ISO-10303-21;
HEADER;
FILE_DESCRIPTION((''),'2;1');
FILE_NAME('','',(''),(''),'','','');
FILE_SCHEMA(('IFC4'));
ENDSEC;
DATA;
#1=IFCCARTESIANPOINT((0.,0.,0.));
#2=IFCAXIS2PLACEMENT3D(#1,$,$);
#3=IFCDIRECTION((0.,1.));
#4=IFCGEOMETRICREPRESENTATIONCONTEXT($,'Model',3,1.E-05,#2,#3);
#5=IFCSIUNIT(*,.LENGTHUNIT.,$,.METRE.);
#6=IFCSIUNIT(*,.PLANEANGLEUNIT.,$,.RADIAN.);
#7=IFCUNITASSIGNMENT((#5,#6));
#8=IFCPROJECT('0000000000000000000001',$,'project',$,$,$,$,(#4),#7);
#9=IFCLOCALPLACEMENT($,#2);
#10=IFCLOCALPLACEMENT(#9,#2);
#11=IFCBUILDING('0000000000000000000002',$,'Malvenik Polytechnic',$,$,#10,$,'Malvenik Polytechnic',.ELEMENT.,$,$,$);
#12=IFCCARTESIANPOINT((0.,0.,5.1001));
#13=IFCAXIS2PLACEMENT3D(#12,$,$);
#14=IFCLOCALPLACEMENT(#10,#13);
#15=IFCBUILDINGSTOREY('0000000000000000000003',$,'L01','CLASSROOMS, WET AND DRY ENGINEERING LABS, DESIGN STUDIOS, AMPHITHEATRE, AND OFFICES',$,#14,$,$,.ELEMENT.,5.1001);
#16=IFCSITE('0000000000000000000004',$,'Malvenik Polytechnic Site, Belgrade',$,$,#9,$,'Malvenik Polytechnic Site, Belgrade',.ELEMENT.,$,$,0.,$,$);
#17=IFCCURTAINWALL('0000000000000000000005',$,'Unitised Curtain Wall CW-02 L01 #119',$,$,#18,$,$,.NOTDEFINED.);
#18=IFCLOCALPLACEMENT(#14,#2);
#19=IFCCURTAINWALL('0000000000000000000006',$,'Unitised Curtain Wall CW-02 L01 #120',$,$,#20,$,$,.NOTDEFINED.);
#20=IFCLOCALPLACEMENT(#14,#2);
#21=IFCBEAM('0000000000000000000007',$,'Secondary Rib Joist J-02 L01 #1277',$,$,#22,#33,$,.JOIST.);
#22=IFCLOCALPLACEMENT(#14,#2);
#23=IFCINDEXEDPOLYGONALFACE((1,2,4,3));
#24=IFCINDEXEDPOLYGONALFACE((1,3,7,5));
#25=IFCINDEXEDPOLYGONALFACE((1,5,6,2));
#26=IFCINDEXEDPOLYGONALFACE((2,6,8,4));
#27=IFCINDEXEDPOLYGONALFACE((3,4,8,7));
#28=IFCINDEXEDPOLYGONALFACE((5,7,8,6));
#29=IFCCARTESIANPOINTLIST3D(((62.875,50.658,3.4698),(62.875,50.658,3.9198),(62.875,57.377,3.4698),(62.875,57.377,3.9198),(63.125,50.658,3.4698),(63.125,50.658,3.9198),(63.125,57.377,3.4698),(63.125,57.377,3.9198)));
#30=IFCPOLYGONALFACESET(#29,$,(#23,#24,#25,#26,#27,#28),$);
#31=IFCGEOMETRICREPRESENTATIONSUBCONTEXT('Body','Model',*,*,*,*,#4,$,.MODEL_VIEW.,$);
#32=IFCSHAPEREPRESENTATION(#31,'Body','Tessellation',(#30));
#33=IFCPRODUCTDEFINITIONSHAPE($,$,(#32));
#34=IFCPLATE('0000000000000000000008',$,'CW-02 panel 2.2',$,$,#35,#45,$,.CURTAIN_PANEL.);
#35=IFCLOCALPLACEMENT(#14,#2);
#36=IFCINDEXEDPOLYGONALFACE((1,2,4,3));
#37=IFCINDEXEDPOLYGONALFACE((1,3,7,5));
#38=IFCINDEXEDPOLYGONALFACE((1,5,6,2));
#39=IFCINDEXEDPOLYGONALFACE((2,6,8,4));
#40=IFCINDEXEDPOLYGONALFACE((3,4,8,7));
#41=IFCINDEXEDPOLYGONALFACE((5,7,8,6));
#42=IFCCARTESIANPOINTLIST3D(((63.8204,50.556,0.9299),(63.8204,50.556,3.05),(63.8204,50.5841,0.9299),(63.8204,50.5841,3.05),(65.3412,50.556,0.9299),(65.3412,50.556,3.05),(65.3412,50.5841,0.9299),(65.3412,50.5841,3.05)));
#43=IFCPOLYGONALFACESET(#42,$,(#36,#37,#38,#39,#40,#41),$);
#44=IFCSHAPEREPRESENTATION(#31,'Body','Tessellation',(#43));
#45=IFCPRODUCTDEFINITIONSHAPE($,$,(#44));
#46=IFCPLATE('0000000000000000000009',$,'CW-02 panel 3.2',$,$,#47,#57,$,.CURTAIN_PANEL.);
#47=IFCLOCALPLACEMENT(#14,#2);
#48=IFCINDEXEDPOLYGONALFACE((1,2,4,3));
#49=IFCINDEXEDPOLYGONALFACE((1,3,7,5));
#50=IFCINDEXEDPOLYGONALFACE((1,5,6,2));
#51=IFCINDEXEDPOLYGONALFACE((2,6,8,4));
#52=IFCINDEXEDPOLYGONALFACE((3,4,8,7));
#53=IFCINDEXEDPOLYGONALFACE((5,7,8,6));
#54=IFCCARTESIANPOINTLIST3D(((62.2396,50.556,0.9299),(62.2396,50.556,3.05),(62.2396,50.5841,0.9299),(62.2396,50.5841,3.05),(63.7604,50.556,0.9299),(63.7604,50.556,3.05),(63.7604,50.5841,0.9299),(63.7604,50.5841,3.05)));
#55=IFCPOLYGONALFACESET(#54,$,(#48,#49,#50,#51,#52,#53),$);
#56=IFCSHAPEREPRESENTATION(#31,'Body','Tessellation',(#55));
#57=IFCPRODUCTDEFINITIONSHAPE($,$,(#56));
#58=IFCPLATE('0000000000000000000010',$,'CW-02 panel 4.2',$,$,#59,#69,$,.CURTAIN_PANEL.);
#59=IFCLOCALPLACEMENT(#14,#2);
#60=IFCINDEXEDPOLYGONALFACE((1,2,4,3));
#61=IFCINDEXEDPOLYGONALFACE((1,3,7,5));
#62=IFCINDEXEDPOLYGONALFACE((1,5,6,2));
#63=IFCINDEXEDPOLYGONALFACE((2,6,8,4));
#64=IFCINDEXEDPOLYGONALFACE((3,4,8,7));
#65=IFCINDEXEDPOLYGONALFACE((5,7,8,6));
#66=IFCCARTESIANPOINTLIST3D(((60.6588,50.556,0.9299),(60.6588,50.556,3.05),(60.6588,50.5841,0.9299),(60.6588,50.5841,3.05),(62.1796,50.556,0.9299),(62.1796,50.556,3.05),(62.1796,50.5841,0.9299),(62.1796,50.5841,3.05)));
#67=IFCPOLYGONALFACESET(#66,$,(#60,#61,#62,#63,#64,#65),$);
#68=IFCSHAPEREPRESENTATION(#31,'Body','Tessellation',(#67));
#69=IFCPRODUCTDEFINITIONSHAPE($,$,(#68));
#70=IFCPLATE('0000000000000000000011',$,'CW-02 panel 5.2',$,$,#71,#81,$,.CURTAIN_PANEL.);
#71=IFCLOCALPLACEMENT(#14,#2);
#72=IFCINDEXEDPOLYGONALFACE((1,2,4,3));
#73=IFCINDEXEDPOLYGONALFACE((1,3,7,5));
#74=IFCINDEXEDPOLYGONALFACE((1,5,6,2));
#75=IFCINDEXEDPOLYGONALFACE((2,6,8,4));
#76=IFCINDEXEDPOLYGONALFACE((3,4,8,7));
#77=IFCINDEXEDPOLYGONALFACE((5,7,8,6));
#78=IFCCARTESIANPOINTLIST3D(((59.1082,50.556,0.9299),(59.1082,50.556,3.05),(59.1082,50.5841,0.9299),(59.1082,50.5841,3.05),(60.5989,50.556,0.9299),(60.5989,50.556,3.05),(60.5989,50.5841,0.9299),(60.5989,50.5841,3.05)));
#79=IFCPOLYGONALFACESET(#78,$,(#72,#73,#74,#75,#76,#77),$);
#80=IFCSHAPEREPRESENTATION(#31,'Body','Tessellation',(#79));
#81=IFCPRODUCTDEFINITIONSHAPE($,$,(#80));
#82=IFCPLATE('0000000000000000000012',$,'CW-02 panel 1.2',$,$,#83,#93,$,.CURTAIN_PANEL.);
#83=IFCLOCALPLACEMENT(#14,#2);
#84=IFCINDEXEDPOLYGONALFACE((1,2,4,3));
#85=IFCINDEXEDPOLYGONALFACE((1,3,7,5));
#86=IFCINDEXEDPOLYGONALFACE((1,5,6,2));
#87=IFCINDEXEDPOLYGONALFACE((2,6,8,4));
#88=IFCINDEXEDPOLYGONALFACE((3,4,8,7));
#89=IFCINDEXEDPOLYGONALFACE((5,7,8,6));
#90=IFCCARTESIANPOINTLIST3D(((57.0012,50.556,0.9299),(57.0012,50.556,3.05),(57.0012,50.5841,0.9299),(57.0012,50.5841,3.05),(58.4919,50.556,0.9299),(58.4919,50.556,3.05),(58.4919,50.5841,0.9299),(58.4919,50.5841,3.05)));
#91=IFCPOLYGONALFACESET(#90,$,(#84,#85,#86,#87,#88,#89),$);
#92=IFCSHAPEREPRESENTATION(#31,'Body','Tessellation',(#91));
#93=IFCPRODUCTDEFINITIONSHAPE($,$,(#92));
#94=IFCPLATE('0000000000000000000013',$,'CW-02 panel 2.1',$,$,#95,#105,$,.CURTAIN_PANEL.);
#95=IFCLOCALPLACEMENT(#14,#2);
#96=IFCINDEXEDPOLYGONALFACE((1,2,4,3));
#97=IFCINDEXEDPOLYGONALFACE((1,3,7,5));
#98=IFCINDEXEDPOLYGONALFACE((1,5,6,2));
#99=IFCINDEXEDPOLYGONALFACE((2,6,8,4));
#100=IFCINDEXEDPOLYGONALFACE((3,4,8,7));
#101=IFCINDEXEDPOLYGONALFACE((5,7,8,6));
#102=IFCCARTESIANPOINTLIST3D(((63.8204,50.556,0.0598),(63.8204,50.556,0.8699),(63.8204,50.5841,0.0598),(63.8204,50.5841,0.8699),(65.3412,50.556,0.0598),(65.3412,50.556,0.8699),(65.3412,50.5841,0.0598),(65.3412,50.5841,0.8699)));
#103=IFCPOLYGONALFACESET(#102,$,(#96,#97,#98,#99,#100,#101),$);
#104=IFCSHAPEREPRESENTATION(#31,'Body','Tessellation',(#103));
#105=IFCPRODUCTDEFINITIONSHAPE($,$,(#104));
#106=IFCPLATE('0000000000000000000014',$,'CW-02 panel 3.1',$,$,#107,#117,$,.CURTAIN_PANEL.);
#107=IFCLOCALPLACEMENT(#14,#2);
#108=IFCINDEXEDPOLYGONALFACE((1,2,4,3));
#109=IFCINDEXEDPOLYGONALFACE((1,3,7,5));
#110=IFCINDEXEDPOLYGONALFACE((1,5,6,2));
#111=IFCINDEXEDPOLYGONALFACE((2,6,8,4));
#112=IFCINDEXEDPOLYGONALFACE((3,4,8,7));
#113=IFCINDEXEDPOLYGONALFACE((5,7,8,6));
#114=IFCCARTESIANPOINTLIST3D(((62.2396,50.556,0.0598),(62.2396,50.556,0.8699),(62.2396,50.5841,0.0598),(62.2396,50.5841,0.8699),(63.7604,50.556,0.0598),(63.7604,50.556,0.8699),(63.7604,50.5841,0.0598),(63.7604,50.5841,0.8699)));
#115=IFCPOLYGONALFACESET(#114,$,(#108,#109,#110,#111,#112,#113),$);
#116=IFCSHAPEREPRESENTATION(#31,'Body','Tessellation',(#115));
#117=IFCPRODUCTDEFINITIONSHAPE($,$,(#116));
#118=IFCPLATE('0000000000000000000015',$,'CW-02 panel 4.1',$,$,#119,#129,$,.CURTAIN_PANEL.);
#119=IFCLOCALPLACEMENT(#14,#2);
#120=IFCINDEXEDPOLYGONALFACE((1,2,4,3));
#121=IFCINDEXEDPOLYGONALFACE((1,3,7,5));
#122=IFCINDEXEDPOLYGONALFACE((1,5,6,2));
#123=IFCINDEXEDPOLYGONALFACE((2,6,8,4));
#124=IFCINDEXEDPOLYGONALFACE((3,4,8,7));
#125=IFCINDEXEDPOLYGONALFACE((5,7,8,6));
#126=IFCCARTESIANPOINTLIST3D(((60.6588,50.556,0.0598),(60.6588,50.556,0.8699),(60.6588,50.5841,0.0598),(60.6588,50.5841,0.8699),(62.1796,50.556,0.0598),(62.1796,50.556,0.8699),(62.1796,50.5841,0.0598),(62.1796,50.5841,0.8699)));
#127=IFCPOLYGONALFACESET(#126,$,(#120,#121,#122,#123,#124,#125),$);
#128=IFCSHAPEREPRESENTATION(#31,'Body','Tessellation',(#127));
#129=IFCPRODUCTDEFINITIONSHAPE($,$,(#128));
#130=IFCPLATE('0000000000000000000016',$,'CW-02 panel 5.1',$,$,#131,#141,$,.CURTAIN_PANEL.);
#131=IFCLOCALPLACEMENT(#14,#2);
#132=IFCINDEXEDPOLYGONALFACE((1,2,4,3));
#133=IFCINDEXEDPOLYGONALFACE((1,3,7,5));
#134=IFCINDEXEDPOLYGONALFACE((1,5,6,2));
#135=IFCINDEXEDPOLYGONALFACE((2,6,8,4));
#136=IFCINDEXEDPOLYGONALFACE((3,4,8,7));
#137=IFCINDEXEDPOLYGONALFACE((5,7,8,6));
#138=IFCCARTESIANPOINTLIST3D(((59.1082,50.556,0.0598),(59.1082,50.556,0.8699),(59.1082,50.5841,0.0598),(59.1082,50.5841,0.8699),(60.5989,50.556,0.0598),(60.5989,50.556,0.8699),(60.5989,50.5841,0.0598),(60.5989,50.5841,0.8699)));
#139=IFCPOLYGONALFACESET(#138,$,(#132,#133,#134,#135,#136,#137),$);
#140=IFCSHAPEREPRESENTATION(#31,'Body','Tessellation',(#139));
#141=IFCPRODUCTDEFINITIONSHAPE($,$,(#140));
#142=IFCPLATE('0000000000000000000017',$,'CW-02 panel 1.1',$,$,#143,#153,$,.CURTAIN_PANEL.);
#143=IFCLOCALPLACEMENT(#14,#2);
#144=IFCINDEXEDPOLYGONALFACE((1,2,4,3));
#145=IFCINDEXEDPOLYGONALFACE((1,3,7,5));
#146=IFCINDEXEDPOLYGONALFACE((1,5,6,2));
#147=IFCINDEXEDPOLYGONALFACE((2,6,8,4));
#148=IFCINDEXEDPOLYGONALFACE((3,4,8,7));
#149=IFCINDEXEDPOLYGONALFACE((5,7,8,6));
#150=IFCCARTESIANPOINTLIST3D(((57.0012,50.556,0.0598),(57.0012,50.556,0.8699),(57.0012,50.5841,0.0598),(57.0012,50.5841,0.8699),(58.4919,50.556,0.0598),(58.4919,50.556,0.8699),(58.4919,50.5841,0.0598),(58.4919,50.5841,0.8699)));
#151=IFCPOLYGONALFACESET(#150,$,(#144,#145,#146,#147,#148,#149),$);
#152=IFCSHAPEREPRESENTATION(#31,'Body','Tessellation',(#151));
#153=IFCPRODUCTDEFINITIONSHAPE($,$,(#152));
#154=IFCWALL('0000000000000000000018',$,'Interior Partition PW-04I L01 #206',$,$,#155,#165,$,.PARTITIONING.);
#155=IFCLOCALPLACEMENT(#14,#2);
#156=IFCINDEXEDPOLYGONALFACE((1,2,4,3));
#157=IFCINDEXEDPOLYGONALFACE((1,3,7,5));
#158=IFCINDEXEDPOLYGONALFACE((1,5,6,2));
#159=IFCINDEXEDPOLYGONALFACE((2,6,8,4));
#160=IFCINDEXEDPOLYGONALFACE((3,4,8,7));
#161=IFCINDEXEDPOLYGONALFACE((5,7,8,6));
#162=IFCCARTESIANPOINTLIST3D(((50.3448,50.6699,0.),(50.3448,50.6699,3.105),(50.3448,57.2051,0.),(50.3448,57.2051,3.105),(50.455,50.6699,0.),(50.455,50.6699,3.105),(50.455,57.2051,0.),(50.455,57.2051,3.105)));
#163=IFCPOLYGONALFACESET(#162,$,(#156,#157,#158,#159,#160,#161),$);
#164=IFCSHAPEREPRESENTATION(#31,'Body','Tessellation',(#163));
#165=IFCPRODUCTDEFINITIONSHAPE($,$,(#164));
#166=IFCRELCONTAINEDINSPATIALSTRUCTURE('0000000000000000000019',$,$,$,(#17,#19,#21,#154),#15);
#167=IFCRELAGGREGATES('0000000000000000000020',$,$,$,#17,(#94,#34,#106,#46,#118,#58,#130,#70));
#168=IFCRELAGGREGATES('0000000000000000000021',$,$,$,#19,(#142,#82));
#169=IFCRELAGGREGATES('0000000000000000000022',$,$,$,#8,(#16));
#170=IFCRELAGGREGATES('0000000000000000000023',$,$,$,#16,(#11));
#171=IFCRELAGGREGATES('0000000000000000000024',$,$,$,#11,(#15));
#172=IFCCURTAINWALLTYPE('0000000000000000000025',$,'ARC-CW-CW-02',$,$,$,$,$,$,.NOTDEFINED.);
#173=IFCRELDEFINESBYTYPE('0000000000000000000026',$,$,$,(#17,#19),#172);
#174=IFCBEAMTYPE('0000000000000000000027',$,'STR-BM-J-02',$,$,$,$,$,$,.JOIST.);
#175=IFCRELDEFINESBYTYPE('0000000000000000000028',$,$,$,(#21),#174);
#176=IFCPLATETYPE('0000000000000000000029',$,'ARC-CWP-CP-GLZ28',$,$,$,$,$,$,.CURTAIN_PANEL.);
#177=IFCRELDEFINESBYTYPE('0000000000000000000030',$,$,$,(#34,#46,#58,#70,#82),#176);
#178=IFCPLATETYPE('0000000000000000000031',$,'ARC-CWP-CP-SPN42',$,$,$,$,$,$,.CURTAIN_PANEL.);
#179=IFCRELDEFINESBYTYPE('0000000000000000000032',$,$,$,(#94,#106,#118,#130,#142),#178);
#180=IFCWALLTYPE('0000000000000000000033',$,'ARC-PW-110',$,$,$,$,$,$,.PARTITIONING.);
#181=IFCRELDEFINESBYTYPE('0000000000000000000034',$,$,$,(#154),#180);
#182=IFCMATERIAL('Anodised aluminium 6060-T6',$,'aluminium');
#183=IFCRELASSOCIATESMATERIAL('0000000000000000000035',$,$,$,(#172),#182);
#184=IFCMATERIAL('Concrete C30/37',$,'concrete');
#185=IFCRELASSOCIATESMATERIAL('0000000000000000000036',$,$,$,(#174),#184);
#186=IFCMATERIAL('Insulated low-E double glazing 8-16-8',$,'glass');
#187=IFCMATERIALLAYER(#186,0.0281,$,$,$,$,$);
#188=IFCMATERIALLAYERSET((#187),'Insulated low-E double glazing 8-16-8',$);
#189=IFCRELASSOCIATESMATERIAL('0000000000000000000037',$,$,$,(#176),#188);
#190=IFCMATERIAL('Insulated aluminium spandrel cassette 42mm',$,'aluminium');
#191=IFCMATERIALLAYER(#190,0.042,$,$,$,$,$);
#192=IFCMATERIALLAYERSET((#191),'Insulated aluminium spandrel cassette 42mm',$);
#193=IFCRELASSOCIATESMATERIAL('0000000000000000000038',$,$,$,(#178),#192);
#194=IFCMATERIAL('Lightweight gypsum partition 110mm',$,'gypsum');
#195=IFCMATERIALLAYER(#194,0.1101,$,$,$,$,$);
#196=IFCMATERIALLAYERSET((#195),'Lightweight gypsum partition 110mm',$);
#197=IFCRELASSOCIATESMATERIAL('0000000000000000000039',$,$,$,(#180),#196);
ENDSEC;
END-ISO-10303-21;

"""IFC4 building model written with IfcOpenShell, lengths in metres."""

from ifc_helpers import new_model, si_unit, direction, frame, frame_2d, origin, origin_2d, place, context, subcontext, project, spatial, rectangle, extrude, material, layer, layer_set, material_profile, profile_set, type_object, element, aggregate, save


model = new_model("IFC4")

# Units and contexts
model_context = context("Model", 3, precision=1e-05, world=origin(), true_north=direction((0.0, 1.0)))
body_context = subcontext(model_context, "Body", "Model", "MODEL_VIEW")
ifc_project = project(units=[si_unit("LENGTHUNIT", "METRE"), si_unit("PLANEANGLEUNIT", "RADIAN")], contexts=[model_context])

# Site, building, storey
site_placement = place(None, origin())
site = spatial("IfcSite", under=ifc_project, at=site_placement, Name="Malvenik Polytechnic Site, Belgrade", LongName="Malvenik Polytechnic Site, Belgrade", CompositionType="ELEMENT", RefElevation=0.0)
building_placement = place(site_placement, origin())
building = spatial("IfcBuilding", under=site, at=building_placement, Name="Malvenik Polytechnic", LongName="Malvenik Polytechnic", CompositionType="ELEMENT")
storey_placement = place(building_placement, frame((0.0, 0.0, 5.1001)))
storey = spatial("IfcBuildingStorey", under=building, at=storey_placement, Name="L01", Description="CLASSROOMS, WET AND DRY ENGINEERING LABS, DESIGN STUDIOS, AMPHITHEATRE, AND OFFICES", CompositionType="ELEMENT", Elevation=5.1001)

# Curtain walls
ifc_material_1 = material(Name="Anodised aluminium 6060-T6", Category="aluminium")
curtain_wall_type = type_object("IfcCurtainWallType", Name="ARC-CW-CW-02", PredefinedType="NOTDEFINED", material=ifc_material_1)
curtain_wall_1_placement = place(storey_placement, origin())
curtain_wall_1 = element("IfcCurtainWall", 1, at=curtain_wall_1_placement, inside=storey, type_object=curtain_wall_type, Name="Unitised Curtain Wall CW-02 L01 #119", PredefinedType="NOTDEFINED")
curtain_wall_2_placement = place(storey_placement, origin())
curtain_wall_2 = element("IfcCurtainWall", 2, at=curtain_wall_2_placement, inside=storey, type_object=curtain_wall_type, Name="Unitised Curtain Wall CW-02 L01 #120", PredefinedType="NOTDEFINED")

# Beam
ifc_material_2 = material(Name="Concrete C30/37", Category="concrete")
ifc_material_profile_1 = material_profile(ifc_material_2, rectangle(XDim=0.25, YDim=0.45, at=origin_2d()), Name="RC JST 250x450")
ifc_profile_set_1 = profile_set([ifc_material_profile_1], Name="Concrete C30/37")
beam_type_1 = type_object("IfcBeamType", Name="STR-BM-J-02", PredefinedType="JOIST", material=ifc_profile_set_1)
for number, where, z_axis, x_axis, name in (
    (3, (63.0, 50.658, 3.6948), (0.0, 1.0, 0.0), (-1.0, 0.0, 0.0), "Secondary Rib Joist J-02 L01 #1277"),
):
    element("IfcBeam", number, at=place(storey_placement, frame(where, z_axis=z_axis, x_axis=x_axis)), inside=storey, type_object=beam_type_1, Name=name, PredefinedType="JOIST", context=body_context, shape_type="SweptSolid", body=[
        extrude(rectangle(XDim=0.25, YDim=0.45, at=origin_2d()), origin(), (0.0, 0.0, 1.0), 6.719),
    ])

# Plates
ifc_material_3 = material(Name="Insulated low-E double glazing 8-16-8", Category="glass")
ifc_layer_1 = layer(ifc_material_3, 0.0281)
ifc_layer_set_1 = layer_set([ifc_layer_1], Name="Insulated low-E double glazing 8-16-8")
plate_type_1 = type_object("IfcPlateType", Name="ARC-CWP-CP-GLZ28", PredefinedType="CURTAIN_PANEL", material=ifc_layer_set_1)
plate_1_placement = place(storey_placement, frame((64.5808, 50.5701, 0.9299), z_axis=(0.0, 0.0, 1.0), x_axis=(-1.0, 0.0, 0.0)))
plate_1 = element("IfcPlate", 4, at=plate_1_placement, type_object=plate_type_1, Name="CW-02 panel 2.2", PredefinedType="CURTAIN_PANEL", context=body_context, shape_type="SweptSolid", body=[
    extrude(rectangle(XDim=1.5208, YDim=0.0281, at=origin_2d()), origin(), (0.0, 0.0, 1.0), 2.1201),
])
plate_2_placement = place(storey_placement, frame((63.0, 50.5701, 0.9299), z_axis=(0.0, 0.0, 1.0), x_axis=(-1.0, 0.0, 0.0)))
plate_2 = element("IfcPlate", 5, at=plate_2_placement, type_object=plate_type_1, Name="CW-02 panel 3.2", PredefinedType="CURTAIN_PANEL", context=body_context, shape_type="SweptSolid", body=[
    extrude(rectangle(XDim=1.5208, YDim=0.0281, at=origin_2d()), origin(), (0.0, 0.0, 1.0), 2.1201),
])
plate_3_placement = place(storey_placement, frame((61.4192, 50.5701, 0.9299), z_axis=(0.0, 0.0, 1.0), x_axis=(-1.0, 0.0, 0.0)))
plate_3 = element("IfcPlate", 6, at=plate_3_placement, type_object=plate_type_1, Name="CW-02 panel 4.2", PredefinedType="CURTAIN_PANEL", context=body_context, shape_type="SweptSolid", body=[
    extrude(rectangle(XDim=1.5208, YDim=0.0281, at=origin_2d()), origin(), (0.0, 0.0, 1.0), 2.1201),
])
plate_4_placement = place(storey_placement, frame((59.8535, 50.5701, 0.9299), z_axis=(0.0, 0.0, 1.0), x_axis=(-1.0, 0.0, 0.0)))
plate_4 = element("IfcPlate", 7, at=plate_4_placement, type_object=plate_type_1, Name="CW-02 panel 5.2", PredefinedType="CURTAIN_PANEL", context=body_context, shape_type="SweptSolid", body=[
    extrude(rectangle(XDim=1.4907, YDim=0.0281, at=origin_2d()), origin(), (0.0, 0.0, 1.0), 2.1201),
])
plate_5_placement = place(storey_placement, frame((57.7466, 50.5701, 0.9299), z_axis=(0.0, 0.0, 1.0), x_axis=(-1.0, 0.0, 0.0)))
plate_5 = element("IfcPlate", 8, at=plate_5_placement, type_object=plate_type_1, Name="CW-02 panel 1.2", PredefinedType="CURTAIN_PANEL", context=body_context, shape_type="SweptSolid", body=[
    extrude(rectangle(XDim=1.4907, YDim=0.0281, at=origin_2d()), origin(), (0.0, 0.0, 1.0), 2.1201),
])
ifc_material_4 = material(Name="Insulated aluminium spandrel cassette 42mm", Category="aluminium")
ifc_layer_2 = layer(ifc_material_4, 0.042)
ifc_layer_set_2 = layer_set([ifc_layer_2], Name="Insulated aluminium spandrel cassette 42mm")
plate_type_2 = type_object("IfcPlateType", Name="ARC-CWP-CP-SPN42", PredefinedType="CURTAIN_PANEL", material=ifc_layer_set_2)
plate_6_placement = place(storey_placement, frame((64.5808, 50.5701, 0.0598), z_axis=(0.0, 0.0, 1.0), x_axis=(-1.0, 0.0, 0.0)))
plate_6 = element("IfcPlate", 9, at=plate_6_placement, type_object=plate_type_2, Name="CW-02 panel 2.1", PredefinedType="CURTAIN_PANEL", context=body_context, shape_type="SweptSolid", body=[
    extrude(rectangle(XDim=1.5208, YDim=0.0281, at=origin_2d()), origin(), (0.0, 0.0, 1.0), 0.8101),
])
plate_7_placement = place(storey_placement, frame((63.0, 50.5701, 0.0598), z_axis=(0.0, 0.0, 1.0), x_axis=(-1.0, 0.0, 0.0)))
plate_7 = element("IfcPlate", 10, at=plate_7_placement, type_object=plate_type_2, Name="CW-02 panel 3.1", PredefinedType="CURTAIN_PANEL", context=body_context, shape_type="SweptSolid", body=[
    extrude(rectangle(XDim=1.5208, YDim=0.0281, at=origin_2d()), origin(), (0.0, 0.0, 1.0), 0.8101),
])
plate_8_placement = place(storey_placement, frame((61.4192, 50.5701, 0.0598), z_axis=(0.0, 0.0, 1.0), x_axis=(-1.0, 0.0, 0.0)))
plate_8 = element("IfcPlate", 11, at=plate_8_placement, type_object=plate_type_2, Name="CW-02 panel 4.1", PredefinedType="CURTAIN_PANEL", context=body_context, shape_type="SweptSolid", body=[
    extrude(rectangle(XDim=1.5208, YDim=0.0281, at=origin_2d()), origin(), (0.0, 0.0, 1.0), 0.8101),
])
plate_9_placement = place(storey_placement, frame((59.8535, 50.5701, 0.0598), z_axis=(0.0, 0.0, 1.0), x_axis=(-1.0, 0.0, 0.0)))
plate_9 = element("IfcPlate", 12, at=plate_9_placement, type_object=plate_type_2, Name="CW-02 panel 5.1", PredefinedType="CURTAIN_PANEL", context=body_context, shape_type="SweptSolid", body=[
    extrude(rectangle(XDim=1.4907, YDim=0.0281, at=origin_2d()), origin(), (0.0, 0.0, 1.0), 0.8101),
])
aggregate(curtain_wall_1, [plate_6, plate_1, plate_7, plate_2, plate_8, plate_3, plate_9, plate_4])
plate_10_placement = place(storey_placement, frame((57.7466, 50.5701, 0.0598), z_axis=(0.0, 0.0, 1.0), x_axis=(-1.0, 0.0, 0.0)))
plate_10 = element("IfcPlate", 13, at=plate_10_placement, type_object=plate_type_2, Name="CW-02 panel 1.1", PredefinedType="CURTAIN_PANEL", context=body_context, shape_type="SweptSolid", body=[
    extrude(rectangle(XDim=1.4907, YDim=0.0281, at=origin_2d()), origin(), (0.0, 0.0, 1.0), 0.8101),
])
aggregate(curtain_wall_2, [plate_10, plate_5])

# Wall
ifc_material_5 = material(Name="Lightweight gypsum partition 110mm", Category="gypsum")
ifc_layer_3 = layer(ifc_material_5, 0.1101)
ifc_layer_set_3 = layer_set([ifc_layer_3], Name="Lightweight gypsum partition 110mm")
wall_type = type_object("IfcWallType", Name="ARC-PW-110", PredefinedType="PARTITIONING", material=ifc_layer_set_3)
wall_placement = place(storey_placement, frame((50.3999, 50.6699, 0.0), z_axis=(0.0, 0.0, 1.0), x_axis=(0.0, 1.0, 0.0)))
element("IfcWall", 14, at=wall_placement, inside=storey, type_object=wall_type, Name="Interior Partition PW-04I L01 #206", PredefinedType="PARTITIONING", context=body_context, shape_type="SweptSolid", body=[
    extrude(rectangle(XDim=6.5352, YDim=0.1101, at=frame_2d((3.2676, 0.0))), origin(), (0.0, 0.0, 1.0), 3.105),
])

save(model, "model.ifc")
